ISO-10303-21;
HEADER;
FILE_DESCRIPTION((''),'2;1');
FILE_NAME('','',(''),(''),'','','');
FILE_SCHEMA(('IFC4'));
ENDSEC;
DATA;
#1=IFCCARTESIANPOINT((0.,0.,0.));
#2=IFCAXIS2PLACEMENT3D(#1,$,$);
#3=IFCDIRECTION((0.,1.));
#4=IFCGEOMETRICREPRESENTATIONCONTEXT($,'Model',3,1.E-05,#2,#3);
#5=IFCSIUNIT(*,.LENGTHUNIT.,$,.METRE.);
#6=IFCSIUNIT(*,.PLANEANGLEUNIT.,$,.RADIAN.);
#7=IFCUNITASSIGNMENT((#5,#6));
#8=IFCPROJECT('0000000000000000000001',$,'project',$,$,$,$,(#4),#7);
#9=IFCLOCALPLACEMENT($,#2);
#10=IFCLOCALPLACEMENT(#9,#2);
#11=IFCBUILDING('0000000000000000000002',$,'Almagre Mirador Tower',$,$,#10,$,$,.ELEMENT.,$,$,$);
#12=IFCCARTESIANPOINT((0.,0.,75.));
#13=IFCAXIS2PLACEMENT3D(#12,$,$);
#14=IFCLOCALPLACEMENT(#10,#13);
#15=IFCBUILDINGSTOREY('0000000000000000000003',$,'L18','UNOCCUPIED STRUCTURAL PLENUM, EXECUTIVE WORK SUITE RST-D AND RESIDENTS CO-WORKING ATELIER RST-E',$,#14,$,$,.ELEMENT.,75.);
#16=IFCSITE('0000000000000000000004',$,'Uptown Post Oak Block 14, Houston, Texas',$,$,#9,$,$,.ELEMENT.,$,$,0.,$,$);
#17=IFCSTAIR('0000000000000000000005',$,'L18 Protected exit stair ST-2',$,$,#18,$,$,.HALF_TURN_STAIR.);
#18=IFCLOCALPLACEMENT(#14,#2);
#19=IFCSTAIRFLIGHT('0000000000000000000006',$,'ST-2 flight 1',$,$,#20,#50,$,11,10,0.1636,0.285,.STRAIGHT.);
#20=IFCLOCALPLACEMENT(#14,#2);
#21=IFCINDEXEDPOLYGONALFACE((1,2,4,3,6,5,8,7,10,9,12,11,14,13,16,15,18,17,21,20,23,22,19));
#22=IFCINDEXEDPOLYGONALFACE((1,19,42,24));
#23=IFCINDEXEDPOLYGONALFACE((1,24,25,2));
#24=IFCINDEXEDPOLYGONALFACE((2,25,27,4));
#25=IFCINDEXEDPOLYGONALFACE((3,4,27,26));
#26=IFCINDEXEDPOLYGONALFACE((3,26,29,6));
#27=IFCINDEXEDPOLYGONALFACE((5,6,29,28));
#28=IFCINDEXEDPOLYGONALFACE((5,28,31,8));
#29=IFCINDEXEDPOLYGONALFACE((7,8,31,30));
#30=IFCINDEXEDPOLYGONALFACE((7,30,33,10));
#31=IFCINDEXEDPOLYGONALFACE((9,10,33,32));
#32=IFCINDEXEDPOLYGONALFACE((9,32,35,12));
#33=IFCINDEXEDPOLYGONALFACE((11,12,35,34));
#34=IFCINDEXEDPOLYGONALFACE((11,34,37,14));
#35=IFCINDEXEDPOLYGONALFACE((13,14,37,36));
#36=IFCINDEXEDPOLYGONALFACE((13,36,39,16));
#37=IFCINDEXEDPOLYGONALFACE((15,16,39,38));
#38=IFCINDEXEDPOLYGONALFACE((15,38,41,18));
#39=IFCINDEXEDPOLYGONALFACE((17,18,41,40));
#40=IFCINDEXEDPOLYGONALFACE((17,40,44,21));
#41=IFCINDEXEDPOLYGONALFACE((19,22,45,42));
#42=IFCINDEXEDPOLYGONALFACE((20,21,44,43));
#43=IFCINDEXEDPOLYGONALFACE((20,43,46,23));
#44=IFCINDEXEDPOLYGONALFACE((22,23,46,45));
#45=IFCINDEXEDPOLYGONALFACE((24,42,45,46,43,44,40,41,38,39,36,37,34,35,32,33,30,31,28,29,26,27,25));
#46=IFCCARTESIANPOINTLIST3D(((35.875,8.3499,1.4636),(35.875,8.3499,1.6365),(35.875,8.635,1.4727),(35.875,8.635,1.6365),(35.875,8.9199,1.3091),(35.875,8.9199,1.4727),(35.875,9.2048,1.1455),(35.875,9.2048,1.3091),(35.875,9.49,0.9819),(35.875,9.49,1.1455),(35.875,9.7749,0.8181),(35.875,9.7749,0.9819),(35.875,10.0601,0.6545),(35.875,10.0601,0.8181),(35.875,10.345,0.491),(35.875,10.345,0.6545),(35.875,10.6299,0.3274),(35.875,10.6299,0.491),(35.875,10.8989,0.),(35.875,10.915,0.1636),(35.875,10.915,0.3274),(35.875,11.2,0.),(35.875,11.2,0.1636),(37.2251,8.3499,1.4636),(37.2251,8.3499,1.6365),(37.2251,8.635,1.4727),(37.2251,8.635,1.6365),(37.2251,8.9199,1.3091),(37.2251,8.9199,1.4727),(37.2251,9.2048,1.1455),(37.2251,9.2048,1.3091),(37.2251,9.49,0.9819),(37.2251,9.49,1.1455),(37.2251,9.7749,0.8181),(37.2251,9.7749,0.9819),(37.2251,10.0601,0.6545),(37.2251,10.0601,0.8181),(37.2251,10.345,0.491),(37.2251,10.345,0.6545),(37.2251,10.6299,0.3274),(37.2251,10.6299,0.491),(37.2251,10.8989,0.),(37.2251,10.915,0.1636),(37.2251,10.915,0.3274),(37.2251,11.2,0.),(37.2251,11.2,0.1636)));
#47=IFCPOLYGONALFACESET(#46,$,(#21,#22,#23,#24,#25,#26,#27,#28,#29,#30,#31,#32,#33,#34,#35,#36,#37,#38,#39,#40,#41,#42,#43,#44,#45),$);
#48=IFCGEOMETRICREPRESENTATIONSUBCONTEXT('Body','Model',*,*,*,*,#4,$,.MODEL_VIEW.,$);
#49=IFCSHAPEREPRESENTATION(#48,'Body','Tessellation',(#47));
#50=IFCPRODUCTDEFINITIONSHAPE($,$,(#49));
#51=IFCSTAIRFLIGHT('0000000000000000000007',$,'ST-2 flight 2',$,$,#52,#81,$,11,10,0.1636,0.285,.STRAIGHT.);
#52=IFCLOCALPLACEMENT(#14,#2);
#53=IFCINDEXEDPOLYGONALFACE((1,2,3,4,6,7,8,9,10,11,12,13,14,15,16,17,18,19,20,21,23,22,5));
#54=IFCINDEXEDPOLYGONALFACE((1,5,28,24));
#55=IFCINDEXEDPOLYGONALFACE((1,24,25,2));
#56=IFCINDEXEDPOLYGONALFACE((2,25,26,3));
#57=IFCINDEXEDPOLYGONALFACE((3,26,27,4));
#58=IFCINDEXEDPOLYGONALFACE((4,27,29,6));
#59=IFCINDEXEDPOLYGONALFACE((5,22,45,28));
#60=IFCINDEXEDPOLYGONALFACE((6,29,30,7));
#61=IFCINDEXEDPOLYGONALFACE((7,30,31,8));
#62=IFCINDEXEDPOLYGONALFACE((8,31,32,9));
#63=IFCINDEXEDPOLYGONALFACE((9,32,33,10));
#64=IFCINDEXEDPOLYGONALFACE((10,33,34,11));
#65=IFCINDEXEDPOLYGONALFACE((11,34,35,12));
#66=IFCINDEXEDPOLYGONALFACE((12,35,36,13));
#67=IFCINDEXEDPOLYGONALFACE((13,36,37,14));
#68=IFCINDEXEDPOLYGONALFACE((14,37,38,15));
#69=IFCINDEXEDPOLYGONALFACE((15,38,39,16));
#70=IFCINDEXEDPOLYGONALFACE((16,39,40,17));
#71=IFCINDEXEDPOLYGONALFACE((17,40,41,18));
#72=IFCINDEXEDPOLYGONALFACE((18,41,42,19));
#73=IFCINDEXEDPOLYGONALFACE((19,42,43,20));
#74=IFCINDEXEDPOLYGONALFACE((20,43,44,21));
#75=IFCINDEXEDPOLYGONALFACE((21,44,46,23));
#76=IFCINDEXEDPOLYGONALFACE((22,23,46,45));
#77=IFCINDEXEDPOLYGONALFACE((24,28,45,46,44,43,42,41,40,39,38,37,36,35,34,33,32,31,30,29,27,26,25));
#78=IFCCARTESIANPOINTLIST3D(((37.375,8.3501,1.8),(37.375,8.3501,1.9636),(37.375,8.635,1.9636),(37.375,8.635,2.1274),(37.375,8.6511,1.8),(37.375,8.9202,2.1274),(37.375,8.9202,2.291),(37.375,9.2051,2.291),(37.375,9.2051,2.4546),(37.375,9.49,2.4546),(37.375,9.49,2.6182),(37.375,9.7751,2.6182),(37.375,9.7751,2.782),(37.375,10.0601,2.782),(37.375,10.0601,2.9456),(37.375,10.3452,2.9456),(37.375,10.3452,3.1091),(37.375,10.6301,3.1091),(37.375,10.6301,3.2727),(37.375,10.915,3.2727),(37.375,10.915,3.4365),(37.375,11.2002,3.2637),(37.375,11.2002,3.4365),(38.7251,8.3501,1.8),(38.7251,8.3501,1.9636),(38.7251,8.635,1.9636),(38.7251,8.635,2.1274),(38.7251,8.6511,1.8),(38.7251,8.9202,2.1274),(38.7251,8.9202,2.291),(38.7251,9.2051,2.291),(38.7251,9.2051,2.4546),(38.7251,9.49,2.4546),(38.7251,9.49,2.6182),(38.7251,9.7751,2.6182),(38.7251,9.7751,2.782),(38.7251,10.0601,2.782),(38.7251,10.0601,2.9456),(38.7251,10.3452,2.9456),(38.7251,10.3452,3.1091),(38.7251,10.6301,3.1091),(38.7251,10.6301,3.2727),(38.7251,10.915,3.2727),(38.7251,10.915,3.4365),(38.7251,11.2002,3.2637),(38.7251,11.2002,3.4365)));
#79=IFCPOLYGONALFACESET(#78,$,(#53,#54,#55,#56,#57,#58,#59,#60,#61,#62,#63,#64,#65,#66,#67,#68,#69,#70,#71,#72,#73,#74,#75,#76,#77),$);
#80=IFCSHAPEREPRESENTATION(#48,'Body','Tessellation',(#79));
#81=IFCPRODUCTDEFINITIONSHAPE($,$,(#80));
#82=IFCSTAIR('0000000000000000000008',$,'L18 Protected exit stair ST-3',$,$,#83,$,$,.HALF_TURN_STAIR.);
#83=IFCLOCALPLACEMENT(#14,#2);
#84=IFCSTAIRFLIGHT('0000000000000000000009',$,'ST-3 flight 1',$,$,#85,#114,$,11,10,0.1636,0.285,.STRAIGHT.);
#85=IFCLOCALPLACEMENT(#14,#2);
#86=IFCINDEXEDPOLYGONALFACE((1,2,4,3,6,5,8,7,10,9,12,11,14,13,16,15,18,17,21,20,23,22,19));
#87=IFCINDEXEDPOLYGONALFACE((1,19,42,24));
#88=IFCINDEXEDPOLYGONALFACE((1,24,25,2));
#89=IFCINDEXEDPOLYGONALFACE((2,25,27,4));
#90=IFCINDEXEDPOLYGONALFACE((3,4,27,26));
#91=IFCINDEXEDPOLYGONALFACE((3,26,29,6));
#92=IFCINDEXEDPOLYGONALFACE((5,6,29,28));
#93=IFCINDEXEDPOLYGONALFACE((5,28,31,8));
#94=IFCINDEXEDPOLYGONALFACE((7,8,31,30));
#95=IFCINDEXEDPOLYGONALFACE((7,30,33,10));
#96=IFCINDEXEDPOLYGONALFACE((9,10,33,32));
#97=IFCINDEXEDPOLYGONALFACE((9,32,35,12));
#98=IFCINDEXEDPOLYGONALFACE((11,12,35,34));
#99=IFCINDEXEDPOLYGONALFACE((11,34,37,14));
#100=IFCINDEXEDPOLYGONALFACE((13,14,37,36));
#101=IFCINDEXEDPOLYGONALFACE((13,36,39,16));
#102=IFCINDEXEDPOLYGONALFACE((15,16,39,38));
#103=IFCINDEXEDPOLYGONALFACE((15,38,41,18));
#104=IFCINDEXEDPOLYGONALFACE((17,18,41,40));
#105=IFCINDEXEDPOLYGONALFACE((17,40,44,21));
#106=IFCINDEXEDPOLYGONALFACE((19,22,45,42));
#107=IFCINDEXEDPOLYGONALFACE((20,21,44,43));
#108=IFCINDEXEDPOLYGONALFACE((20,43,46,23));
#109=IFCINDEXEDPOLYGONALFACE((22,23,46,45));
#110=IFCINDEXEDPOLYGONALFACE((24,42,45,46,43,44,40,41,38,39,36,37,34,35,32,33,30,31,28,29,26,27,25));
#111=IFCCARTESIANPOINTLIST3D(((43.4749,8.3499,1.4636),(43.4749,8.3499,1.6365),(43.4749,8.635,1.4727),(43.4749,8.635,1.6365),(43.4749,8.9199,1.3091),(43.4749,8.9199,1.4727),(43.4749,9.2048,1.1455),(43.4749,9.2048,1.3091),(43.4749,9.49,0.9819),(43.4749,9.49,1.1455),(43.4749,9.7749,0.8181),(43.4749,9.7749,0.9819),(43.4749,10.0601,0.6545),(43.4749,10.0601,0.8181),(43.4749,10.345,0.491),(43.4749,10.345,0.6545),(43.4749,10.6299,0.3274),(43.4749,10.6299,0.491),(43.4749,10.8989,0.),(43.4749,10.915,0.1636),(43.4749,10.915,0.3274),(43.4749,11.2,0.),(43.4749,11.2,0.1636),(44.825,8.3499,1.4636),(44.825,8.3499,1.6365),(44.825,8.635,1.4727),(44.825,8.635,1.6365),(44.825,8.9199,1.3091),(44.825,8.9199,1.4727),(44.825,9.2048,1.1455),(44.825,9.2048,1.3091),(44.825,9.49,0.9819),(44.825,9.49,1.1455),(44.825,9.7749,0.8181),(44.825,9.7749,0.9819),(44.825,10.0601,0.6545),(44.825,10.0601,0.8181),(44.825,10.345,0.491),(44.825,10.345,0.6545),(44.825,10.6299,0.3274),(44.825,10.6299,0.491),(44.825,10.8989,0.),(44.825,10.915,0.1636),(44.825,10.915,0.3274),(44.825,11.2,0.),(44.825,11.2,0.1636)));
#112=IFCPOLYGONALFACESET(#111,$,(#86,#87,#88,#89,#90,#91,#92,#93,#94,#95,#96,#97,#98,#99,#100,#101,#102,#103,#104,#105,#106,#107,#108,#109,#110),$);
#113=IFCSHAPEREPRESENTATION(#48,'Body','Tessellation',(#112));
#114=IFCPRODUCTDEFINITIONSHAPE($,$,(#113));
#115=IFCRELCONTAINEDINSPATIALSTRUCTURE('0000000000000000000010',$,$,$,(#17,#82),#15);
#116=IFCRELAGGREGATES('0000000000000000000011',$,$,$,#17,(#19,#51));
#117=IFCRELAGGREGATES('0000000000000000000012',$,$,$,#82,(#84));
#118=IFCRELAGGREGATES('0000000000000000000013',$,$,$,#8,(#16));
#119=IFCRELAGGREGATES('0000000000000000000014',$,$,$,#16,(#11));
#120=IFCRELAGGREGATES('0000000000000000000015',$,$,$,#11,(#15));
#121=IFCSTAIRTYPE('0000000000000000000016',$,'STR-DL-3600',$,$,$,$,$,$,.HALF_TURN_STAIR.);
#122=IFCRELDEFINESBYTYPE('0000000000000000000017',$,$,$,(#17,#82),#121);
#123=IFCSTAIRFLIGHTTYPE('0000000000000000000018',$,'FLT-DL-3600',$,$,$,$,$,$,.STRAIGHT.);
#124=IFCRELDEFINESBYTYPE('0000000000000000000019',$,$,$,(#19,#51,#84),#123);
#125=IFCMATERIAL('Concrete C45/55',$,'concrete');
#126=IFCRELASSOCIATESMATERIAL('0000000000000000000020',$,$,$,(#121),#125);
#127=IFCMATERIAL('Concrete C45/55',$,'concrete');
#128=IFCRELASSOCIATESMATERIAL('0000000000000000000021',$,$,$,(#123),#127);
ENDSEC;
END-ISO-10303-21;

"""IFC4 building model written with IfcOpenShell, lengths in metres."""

from ifc_helpers import new_model, si_unit, direction, frame, origin, place, context, subcontext, project, spatial, polyline, outline, extrude, material, type_object, element, aggregate, save


model = new_model("IFC4")

# Units and contexts
model_context = context("Model", 3, precision=1e-05, world=origin(), true_north=direction((0.0, 1.0)))
body_context = subcontext(model_context, "Body", "Model", "MODEL_VIEW")
ifc_project = project(units=[si_unit("LENGTHUNIT", "METRE"), si_unit("PLANEANGLEUNIT", "RADIAN")], contexts=[model_context])

# Site, building, storey
site_placement = place(None, origin())
site = spatial("IfcSite", under=ifc_project, at=site_placement, Name="Uptown Post Oak Block 14, Houston, Texas", CompositionType="ELEMENT", RefElevation=0.0)
building_placement = place(site_placement, origin())
building = spatial("IfcBuilding", under=site, at=building_placement, Name="Almagre Mirador Tower", CompositionType="ELEMENT")
storey_placement = place(building_placement, frame((0.0, 0.0, 75.0)))
storey = spatial("IfcBuildingStorey", under=building, at=storey_placement, Name="L18", Description="UNOCCUPIED STRUCTURAL PLENUM, EXECUTIVE WORK SUITE RST-D AND RESIDENTS CO-WORKING ATELIER RST-E", CompositionType="ELEMENT", Elevation=75.0)

# Stair, stair flights
ifc_material_1 = material(Name="Concrete C45/55", Category="concrete")
stair_type = type_object("IfcStairType", Name="STR-DL-3600", PredefinedType="HALF_TURN_STAIR", material=ifc_material_1)
stair_1_placement = place(storey_placement, origin())
stair_1 = element("IfcStair", 1, at=stair_1_placement, inside=storey, type_object=stair_type, Name="L18 Protected exit stair ST-2", PredefinedType="HALF_TURN_STAIR")
ifc_material_2 = material(Name="Concrete C45/55", Category="concrete")
stair_flight_type = type_object("IfcStairFlightType", Name="FLT-DL-3600", PredefinedType="STRAIGHT", material=ifc_material_2)
stair_flight_1_placement = place(storey_placement, frame((36.55, 11.2, 0.0), z_axis=(0.0, 0.0, 1.0), x_axis=(0.0, -1.0, 0.0)))
stair_flight_1 = element("IfcStairFlight", 2, at=stair_flight_1_placement, type_object=stair_flight_type, Name="ST-2 flight 1", NumberOfRisers=11, NumberOfTreads=10, PredefinedType="STRAIGHT", RiserHeight=0.1636, TreadLength=0.285, context=body_context, shape_type="SweptSolid", body=[
    extrude(outline(polyline([(0.0, 0.0), (0.0, 0.1636), (0.2849, 0.1636), (0.2849, 0.3274), (0.5701, 0.3274), (0.5701, 0.491), (0.855, 0.491), (0.855, 0.6545), (1.1399, 0.6545), (1.1399, 0.8181), (1.425, 0.8181), (1.425, 0.9819), (1.71, 0.9819), (1.71, 1.1455), (1.9951, 1.1455), (1.9951, 1.3091), (2.28, 1.3091), (2.28, 1.4727), (2.5649, 1.4727), (2.5649, 1.6365), (2.8501, 1.6365), (2.8501, 1.8), (2.8501, 1.4636), (0.301, 0.0), (0.0, 0.0)])), frame((0.0, 0.675, 0.0), z_axis=(0.0, -1.0, 0.0), x_axis=(1.0, 0.0, 0.0)), (0.0, 0.0, 1.0), 1.3501),
])
stair_flight_2_placement = place(storey_placement, frame((38.05, 8.3501, 1.8), z_axis=(0.0, 0.0, 1.0), x_axis=(0.0, 1.0, 0.0)))
stair_flight_2 = element("IfcStairFlight", 3, at=stair_flight_2_placement, type_object=stair_flight_type, Name="ST-2 flight 2", NumberOfRisers=11, NumberOfTreads=10, PredefinedType="STRAIGHT", RiserHeight=0.1636, TreadLength=0.285, context=body_context, shape_type="SweptSolid", body=[
    extrude(outline(polyline([(0.0, 0.0), (0.0, 0.1636), (0.2849, 0.1636), (0.2849, 0.3274), (0.5701, 0.3274), (0.5701, 0.491), (0.855, 0.491), (0.855, 0.6545), (1.1399, 0.6545), (1.1399, 0.8181), (1.425, 0.8181), (1.425, 0.9819), (1.71, 0.9819), (1.71, 1.1455), (1.9951, 1.1455), (1.9951, 1.3091), (2.28, 1.3091), (2.28, 1.4727), (2.5649, 1.4727), (2.5649, 1.6365), (2.8501, 1.6365), (2.8501, 1.8), (2.8501, 1.4636), (0.301, 0.0), (0.0, 0.0)])), frame((0.0, 0.675, 0.0), z_axis=(0.0, -1.0, 0.0), x_axis=(1.0, 0.0, 0.0)), (0.0, 0.0, 1.0), 1.3501),
])
aggregate(stair_1, [stair_flight_1, stair_flight_2])

# Stair, stair flight
stair_2_placement = place(storey_placement, origin())
stair_2 = element("IfcStair", 4, at=stair_2_placement, inside=storey, type_object=stair_type, Name="L18 Protected exit stair ST-3", PredefinedType="HALF_TURN_STAIR")
stair_flight_3_placement = place(storey_placement, frame((44.1499, 11.2, 0.0), z_axis=(0.0, 0.0, 1.0), x_axis=(0.0, -1.0, 0.0)))
stair_flight_3 = element("IfcStairFlight", 5, at=stair_flight_3_placement, type_object=stair_flight_type, Name="ST-3 flight 1", NumberOfRisers=11, NumberOfTreads=10, PredefinedType="STRAIGHT", RiserHeight=0.1636, TreadLength=0.285, context=body_context, shape_type="SweptSolid", body=[
    extrude(outline(polyline([(0.0, 0.0), (0.0, 0.1636), (0.2849, 0.1636), (0.2849, 0.3274), (0.5701, 0.3274), (0.5701, 0.491), (0.855, 0.491), (0.855, 0.6545), (1.1399, 0.6545), (1.1399, 0.8181), (1.425, 0.8181), (1.425, 0.9819), (1.71, 0.9819), (1.71, 1.1455), (1.9951, 1.1455), (1.9951, 1.3091), (2.28, 1.3091), (2.28, 1.4727), (2.5649, 1.4727), (2.5649, 1.6365), (2.8501, 1.6365), (2.8501, 1.8), (2.8501, 1.4636), (0.301, 0.0), (0.0, 0.0)])), frame((0.0, 0.675, 0.0), z_axis=(0.0, -1.0, 0.0), x_axis=(1.0, 0.0, 0.0)), (0.0, 0.0, 1.0), 1.3501),
])
aggregate(stair_2, [stair_flight_3])

save(model, "model.ifc")
